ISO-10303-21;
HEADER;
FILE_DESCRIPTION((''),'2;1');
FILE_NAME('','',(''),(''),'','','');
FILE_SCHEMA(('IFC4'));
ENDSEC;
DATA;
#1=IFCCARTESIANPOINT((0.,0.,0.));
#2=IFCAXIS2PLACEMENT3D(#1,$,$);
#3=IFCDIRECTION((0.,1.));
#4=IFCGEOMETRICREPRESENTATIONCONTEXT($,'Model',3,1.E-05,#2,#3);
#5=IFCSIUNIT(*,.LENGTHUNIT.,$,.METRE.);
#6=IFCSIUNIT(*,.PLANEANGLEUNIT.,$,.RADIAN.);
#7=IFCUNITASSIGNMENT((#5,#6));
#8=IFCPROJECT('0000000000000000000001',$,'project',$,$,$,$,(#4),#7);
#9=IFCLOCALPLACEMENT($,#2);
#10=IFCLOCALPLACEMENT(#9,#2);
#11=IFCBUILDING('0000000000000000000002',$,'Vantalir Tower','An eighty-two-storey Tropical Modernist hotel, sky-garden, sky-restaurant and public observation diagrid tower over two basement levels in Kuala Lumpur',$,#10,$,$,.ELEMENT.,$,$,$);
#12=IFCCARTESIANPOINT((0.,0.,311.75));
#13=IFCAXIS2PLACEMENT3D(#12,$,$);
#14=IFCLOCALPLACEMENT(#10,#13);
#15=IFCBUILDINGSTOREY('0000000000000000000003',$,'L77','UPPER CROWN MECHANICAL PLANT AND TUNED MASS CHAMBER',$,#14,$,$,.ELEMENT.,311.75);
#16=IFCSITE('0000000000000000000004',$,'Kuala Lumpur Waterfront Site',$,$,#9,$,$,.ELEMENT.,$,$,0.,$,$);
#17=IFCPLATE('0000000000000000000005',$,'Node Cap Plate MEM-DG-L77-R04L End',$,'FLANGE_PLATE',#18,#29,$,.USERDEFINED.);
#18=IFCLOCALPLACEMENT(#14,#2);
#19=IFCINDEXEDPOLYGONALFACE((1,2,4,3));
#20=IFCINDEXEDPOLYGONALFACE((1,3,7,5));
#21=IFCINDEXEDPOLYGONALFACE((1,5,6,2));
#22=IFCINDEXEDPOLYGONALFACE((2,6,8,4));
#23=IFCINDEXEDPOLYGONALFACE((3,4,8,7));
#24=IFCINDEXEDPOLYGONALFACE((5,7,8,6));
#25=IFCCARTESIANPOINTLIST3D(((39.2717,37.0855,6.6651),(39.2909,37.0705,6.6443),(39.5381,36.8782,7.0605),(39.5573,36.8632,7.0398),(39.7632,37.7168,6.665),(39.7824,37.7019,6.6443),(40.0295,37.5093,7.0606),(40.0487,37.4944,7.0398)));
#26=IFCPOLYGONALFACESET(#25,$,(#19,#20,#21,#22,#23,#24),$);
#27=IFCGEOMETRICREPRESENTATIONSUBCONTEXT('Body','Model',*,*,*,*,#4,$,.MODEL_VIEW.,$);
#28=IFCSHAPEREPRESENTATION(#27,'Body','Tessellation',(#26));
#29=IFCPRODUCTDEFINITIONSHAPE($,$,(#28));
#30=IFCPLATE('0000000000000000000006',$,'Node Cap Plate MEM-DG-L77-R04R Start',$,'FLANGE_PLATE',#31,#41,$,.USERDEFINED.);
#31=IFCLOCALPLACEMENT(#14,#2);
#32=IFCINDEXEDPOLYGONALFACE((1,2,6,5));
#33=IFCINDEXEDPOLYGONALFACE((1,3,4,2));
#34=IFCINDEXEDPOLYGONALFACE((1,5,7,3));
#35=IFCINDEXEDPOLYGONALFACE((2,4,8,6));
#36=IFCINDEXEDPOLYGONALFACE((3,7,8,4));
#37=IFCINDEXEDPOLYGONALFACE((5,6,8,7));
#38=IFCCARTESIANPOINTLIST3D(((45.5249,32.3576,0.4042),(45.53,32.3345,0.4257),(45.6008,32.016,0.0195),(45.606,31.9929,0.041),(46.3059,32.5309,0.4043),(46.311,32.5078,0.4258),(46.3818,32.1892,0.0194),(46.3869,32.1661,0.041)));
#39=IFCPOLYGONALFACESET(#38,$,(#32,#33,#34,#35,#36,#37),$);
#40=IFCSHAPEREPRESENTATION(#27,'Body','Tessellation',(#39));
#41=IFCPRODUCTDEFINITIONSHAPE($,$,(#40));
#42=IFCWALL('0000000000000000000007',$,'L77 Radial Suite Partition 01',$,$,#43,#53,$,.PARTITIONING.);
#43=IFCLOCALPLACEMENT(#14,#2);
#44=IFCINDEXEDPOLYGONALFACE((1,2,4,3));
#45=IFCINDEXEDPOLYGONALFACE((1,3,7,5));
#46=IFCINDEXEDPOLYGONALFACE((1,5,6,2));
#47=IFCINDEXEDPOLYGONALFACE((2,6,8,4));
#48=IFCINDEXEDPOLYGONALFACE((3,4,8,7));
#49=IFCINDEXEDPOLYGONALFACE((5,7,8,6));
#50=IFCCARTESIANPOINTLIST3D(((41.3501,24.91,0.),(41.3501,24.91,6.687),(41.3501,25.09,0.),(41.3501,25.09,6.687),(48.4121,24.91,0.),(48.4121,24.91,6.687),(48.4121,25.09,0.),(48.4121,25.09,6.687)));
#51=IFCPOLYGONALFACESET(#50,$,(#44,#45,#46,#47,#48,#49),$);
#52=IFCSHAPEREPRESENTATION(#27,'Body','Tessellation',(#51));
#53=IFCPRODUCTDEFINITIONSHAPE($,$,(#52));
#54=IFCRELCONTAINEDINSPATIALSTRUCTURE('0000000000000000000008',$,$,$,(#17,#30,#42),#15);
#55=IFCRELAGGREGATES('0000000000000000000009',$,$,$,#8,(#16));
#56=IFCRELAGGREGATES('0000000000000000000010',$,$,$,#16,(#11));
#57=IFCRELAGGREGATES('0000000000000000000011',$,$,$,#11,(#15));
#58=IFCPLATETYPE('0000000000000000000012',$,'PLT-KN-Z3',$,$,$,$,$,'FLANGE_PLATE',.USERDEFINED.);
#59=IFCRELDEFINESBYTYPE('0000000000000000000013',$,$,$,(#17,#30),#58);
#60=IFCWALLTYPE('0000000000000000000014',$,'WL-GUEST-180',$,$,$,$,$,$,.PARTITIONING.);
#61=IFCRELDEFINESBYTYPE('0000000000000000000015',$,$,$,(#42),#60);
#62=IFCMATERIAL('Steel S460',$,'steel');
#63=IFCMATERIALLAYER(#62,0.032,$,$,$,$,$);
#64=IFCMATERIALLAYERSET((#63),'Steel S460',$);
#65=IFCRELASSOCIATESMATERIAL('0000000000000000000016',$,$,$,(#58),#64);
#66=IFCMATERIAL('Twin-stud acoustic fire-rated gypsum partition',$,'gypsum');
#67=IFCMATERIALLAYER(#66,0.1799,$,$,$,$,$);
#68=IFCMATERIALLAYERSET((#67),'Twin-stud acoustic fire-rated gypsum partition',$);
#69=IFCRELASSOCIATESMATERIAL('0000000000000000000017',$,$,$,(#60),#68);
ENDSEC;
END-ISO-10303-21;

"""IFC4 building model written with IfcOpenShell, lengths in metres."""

from ifc_helpers import new_model, si_unit, direction, frame, frame_2d, origin, place, context, subcontext, project, spatial, polyline, rectangle, outline, extrude, material, layer, layer_set, type_object, element, save


model = new_model("IFC4")

# Units and contexts
model_context = context("Model", 3, precision=1e-05, world=origin(), true_north=direction((0.0, 1.0)))
body_context = subcontext(model_context, "Body", "Model", "MODEL_VIEW")
ifc_project = project(units=[si_unit("LENGTHUNIT", "METRE"), si_unit("PLANEANGLEUNIT", "RADIAN")], contexts=[model_context])

# Site, building, storey
site_placement = place(None, origin())
site = spatial("IfcSite", under=ifc_project, at=site_placement, Name="Kuala Lumpur Waterfront Site", CompositionType="ELEMENT", RefElevation=0.0)
building_placement = place(site_placement, origin())
building = spatial("IfcBuilding", under=site, at=building_placement, Name="Vantalir Tower", Description="An eighty-two-storey Tropical Modernist hotel, sky-garden, sky-restaurant and public observation diagrid tower over two basement levels in Kuala Lumpur", CompositionType="ELEMENT")
storey_placement = place(building_placement, frame((0.0, 0.0, 311.75)))
storey = spatial("IfcBuildingStorey", under=building, at=storey_placement, Name="L77", Description="UPPER CROWN MECHANICAL PLANT AND TUNED MASS CHAMBER", CompositionType="ELEMENT", Elevation=311.75)

# Shared definitions
ifc_material_1 = material(Name="Steel S460", Category="steel")

# Plates
ifc_layer_1 = layer(ifc_material_1, 0.032)
ifc_layer_set_1 = layer_set([ifc_layer_1], Name="Steel S460")
plate_type_1 = type_object("IfcPlateType", Name="PLT-KN-Z3", ElementType="FLANGE_PLATE", PredefinedType="USERDEFINED", material=ifc_layer_set_1)
for number, where, z_axis, x_axis, name in (
    (1, (39.7632, 37.7168, 6.665), (-0.600159, 0.467267, 0.649208), (-0.6143, -0.789072, 0.000046), "Node Cap Plate MEM-DG-L77-R04L End"),
):
    element("IfcPlate", number, at=place(storey_placement, frame(where, z_axis=z_axis, x_axis=x_axis)), inside=storey, type_object=plate_type_1, Name=name, ObjectType="FLANGE_PLATE", PredefinedType="USERDEFINED", context=body_context, shape_type="SweptSolid", body=[
        extrude(outline(polyline([(0.0, 0.0), (0.8001, 0.0), (0.8, 0.5199), (0.0001, 0.52), (0.0, 0.0)])), origin(), (0.0, 0.0, -1.0), 0.032),
    ])
plate_1_placement = place(storey_placement, frame((45.606, 31.9929, 0.041), z_axis=(0.160171, -0.722178, 0.672907), x_axis=(0.976291, 0.216461, -0.000074)))
element("IfcPlate", 2, at=plate_1_placement, inside=storey, type_object=plate_type_1, Name="Node Cap Plate MEM-DG-L77-R04R Start", ObjectType="FLANGE_PLATE", PredefinedType="USERDEFINED", context=body_context, shape_type="SweptSolid", body=[
    extrude(outline(polyline([(0.0, 0.0), (0.8, 0.0), (0.7998, 0.5202), (-0.0002, 0.5201), (0.0, 0.0)])), origin(), (0.0, 0.0, -1.0), 0.032),
])

# Wall
ifc_material_2 = material(Name="Twin-stud acoustic fire-rated gypsum partition", Category="gypsum")
ifc_layer_2 = layer(ifc_material_2, 0.1799)
ifc_layer_set_2 = layer_set([ifc_layer_2], Name="Twin-stud acoustic fire-rated gypsum partition")
wall_type = type_object("IfcWallType", Name="WL-GUEST-180", PredefinedType="PARTITIONING", material=ifc_layer_set_2)
wall_placement = place(storey_placement, frame((41.3501, 25.0, 0.0), z_axis=(0.0, 0.0, 1.0), x_axis=(1.0, 0.0, 0.0)))
element("IfcWall", 3, at=wall_placement, inside=storey, type_object=wall_type, Name="L77 Radial Suite Partition 01", PredefinedType="PARTITIONING", context=body_context, shape_type="SweptSolid", body=[
    extrude(rectangle(XDim=7.062, YDim=0.1799, at=frame_2d((3.531, 0.0))), origin(), (0.0, 0.0, 1.0), 6.687),
])

save(model, "model.ifc")
